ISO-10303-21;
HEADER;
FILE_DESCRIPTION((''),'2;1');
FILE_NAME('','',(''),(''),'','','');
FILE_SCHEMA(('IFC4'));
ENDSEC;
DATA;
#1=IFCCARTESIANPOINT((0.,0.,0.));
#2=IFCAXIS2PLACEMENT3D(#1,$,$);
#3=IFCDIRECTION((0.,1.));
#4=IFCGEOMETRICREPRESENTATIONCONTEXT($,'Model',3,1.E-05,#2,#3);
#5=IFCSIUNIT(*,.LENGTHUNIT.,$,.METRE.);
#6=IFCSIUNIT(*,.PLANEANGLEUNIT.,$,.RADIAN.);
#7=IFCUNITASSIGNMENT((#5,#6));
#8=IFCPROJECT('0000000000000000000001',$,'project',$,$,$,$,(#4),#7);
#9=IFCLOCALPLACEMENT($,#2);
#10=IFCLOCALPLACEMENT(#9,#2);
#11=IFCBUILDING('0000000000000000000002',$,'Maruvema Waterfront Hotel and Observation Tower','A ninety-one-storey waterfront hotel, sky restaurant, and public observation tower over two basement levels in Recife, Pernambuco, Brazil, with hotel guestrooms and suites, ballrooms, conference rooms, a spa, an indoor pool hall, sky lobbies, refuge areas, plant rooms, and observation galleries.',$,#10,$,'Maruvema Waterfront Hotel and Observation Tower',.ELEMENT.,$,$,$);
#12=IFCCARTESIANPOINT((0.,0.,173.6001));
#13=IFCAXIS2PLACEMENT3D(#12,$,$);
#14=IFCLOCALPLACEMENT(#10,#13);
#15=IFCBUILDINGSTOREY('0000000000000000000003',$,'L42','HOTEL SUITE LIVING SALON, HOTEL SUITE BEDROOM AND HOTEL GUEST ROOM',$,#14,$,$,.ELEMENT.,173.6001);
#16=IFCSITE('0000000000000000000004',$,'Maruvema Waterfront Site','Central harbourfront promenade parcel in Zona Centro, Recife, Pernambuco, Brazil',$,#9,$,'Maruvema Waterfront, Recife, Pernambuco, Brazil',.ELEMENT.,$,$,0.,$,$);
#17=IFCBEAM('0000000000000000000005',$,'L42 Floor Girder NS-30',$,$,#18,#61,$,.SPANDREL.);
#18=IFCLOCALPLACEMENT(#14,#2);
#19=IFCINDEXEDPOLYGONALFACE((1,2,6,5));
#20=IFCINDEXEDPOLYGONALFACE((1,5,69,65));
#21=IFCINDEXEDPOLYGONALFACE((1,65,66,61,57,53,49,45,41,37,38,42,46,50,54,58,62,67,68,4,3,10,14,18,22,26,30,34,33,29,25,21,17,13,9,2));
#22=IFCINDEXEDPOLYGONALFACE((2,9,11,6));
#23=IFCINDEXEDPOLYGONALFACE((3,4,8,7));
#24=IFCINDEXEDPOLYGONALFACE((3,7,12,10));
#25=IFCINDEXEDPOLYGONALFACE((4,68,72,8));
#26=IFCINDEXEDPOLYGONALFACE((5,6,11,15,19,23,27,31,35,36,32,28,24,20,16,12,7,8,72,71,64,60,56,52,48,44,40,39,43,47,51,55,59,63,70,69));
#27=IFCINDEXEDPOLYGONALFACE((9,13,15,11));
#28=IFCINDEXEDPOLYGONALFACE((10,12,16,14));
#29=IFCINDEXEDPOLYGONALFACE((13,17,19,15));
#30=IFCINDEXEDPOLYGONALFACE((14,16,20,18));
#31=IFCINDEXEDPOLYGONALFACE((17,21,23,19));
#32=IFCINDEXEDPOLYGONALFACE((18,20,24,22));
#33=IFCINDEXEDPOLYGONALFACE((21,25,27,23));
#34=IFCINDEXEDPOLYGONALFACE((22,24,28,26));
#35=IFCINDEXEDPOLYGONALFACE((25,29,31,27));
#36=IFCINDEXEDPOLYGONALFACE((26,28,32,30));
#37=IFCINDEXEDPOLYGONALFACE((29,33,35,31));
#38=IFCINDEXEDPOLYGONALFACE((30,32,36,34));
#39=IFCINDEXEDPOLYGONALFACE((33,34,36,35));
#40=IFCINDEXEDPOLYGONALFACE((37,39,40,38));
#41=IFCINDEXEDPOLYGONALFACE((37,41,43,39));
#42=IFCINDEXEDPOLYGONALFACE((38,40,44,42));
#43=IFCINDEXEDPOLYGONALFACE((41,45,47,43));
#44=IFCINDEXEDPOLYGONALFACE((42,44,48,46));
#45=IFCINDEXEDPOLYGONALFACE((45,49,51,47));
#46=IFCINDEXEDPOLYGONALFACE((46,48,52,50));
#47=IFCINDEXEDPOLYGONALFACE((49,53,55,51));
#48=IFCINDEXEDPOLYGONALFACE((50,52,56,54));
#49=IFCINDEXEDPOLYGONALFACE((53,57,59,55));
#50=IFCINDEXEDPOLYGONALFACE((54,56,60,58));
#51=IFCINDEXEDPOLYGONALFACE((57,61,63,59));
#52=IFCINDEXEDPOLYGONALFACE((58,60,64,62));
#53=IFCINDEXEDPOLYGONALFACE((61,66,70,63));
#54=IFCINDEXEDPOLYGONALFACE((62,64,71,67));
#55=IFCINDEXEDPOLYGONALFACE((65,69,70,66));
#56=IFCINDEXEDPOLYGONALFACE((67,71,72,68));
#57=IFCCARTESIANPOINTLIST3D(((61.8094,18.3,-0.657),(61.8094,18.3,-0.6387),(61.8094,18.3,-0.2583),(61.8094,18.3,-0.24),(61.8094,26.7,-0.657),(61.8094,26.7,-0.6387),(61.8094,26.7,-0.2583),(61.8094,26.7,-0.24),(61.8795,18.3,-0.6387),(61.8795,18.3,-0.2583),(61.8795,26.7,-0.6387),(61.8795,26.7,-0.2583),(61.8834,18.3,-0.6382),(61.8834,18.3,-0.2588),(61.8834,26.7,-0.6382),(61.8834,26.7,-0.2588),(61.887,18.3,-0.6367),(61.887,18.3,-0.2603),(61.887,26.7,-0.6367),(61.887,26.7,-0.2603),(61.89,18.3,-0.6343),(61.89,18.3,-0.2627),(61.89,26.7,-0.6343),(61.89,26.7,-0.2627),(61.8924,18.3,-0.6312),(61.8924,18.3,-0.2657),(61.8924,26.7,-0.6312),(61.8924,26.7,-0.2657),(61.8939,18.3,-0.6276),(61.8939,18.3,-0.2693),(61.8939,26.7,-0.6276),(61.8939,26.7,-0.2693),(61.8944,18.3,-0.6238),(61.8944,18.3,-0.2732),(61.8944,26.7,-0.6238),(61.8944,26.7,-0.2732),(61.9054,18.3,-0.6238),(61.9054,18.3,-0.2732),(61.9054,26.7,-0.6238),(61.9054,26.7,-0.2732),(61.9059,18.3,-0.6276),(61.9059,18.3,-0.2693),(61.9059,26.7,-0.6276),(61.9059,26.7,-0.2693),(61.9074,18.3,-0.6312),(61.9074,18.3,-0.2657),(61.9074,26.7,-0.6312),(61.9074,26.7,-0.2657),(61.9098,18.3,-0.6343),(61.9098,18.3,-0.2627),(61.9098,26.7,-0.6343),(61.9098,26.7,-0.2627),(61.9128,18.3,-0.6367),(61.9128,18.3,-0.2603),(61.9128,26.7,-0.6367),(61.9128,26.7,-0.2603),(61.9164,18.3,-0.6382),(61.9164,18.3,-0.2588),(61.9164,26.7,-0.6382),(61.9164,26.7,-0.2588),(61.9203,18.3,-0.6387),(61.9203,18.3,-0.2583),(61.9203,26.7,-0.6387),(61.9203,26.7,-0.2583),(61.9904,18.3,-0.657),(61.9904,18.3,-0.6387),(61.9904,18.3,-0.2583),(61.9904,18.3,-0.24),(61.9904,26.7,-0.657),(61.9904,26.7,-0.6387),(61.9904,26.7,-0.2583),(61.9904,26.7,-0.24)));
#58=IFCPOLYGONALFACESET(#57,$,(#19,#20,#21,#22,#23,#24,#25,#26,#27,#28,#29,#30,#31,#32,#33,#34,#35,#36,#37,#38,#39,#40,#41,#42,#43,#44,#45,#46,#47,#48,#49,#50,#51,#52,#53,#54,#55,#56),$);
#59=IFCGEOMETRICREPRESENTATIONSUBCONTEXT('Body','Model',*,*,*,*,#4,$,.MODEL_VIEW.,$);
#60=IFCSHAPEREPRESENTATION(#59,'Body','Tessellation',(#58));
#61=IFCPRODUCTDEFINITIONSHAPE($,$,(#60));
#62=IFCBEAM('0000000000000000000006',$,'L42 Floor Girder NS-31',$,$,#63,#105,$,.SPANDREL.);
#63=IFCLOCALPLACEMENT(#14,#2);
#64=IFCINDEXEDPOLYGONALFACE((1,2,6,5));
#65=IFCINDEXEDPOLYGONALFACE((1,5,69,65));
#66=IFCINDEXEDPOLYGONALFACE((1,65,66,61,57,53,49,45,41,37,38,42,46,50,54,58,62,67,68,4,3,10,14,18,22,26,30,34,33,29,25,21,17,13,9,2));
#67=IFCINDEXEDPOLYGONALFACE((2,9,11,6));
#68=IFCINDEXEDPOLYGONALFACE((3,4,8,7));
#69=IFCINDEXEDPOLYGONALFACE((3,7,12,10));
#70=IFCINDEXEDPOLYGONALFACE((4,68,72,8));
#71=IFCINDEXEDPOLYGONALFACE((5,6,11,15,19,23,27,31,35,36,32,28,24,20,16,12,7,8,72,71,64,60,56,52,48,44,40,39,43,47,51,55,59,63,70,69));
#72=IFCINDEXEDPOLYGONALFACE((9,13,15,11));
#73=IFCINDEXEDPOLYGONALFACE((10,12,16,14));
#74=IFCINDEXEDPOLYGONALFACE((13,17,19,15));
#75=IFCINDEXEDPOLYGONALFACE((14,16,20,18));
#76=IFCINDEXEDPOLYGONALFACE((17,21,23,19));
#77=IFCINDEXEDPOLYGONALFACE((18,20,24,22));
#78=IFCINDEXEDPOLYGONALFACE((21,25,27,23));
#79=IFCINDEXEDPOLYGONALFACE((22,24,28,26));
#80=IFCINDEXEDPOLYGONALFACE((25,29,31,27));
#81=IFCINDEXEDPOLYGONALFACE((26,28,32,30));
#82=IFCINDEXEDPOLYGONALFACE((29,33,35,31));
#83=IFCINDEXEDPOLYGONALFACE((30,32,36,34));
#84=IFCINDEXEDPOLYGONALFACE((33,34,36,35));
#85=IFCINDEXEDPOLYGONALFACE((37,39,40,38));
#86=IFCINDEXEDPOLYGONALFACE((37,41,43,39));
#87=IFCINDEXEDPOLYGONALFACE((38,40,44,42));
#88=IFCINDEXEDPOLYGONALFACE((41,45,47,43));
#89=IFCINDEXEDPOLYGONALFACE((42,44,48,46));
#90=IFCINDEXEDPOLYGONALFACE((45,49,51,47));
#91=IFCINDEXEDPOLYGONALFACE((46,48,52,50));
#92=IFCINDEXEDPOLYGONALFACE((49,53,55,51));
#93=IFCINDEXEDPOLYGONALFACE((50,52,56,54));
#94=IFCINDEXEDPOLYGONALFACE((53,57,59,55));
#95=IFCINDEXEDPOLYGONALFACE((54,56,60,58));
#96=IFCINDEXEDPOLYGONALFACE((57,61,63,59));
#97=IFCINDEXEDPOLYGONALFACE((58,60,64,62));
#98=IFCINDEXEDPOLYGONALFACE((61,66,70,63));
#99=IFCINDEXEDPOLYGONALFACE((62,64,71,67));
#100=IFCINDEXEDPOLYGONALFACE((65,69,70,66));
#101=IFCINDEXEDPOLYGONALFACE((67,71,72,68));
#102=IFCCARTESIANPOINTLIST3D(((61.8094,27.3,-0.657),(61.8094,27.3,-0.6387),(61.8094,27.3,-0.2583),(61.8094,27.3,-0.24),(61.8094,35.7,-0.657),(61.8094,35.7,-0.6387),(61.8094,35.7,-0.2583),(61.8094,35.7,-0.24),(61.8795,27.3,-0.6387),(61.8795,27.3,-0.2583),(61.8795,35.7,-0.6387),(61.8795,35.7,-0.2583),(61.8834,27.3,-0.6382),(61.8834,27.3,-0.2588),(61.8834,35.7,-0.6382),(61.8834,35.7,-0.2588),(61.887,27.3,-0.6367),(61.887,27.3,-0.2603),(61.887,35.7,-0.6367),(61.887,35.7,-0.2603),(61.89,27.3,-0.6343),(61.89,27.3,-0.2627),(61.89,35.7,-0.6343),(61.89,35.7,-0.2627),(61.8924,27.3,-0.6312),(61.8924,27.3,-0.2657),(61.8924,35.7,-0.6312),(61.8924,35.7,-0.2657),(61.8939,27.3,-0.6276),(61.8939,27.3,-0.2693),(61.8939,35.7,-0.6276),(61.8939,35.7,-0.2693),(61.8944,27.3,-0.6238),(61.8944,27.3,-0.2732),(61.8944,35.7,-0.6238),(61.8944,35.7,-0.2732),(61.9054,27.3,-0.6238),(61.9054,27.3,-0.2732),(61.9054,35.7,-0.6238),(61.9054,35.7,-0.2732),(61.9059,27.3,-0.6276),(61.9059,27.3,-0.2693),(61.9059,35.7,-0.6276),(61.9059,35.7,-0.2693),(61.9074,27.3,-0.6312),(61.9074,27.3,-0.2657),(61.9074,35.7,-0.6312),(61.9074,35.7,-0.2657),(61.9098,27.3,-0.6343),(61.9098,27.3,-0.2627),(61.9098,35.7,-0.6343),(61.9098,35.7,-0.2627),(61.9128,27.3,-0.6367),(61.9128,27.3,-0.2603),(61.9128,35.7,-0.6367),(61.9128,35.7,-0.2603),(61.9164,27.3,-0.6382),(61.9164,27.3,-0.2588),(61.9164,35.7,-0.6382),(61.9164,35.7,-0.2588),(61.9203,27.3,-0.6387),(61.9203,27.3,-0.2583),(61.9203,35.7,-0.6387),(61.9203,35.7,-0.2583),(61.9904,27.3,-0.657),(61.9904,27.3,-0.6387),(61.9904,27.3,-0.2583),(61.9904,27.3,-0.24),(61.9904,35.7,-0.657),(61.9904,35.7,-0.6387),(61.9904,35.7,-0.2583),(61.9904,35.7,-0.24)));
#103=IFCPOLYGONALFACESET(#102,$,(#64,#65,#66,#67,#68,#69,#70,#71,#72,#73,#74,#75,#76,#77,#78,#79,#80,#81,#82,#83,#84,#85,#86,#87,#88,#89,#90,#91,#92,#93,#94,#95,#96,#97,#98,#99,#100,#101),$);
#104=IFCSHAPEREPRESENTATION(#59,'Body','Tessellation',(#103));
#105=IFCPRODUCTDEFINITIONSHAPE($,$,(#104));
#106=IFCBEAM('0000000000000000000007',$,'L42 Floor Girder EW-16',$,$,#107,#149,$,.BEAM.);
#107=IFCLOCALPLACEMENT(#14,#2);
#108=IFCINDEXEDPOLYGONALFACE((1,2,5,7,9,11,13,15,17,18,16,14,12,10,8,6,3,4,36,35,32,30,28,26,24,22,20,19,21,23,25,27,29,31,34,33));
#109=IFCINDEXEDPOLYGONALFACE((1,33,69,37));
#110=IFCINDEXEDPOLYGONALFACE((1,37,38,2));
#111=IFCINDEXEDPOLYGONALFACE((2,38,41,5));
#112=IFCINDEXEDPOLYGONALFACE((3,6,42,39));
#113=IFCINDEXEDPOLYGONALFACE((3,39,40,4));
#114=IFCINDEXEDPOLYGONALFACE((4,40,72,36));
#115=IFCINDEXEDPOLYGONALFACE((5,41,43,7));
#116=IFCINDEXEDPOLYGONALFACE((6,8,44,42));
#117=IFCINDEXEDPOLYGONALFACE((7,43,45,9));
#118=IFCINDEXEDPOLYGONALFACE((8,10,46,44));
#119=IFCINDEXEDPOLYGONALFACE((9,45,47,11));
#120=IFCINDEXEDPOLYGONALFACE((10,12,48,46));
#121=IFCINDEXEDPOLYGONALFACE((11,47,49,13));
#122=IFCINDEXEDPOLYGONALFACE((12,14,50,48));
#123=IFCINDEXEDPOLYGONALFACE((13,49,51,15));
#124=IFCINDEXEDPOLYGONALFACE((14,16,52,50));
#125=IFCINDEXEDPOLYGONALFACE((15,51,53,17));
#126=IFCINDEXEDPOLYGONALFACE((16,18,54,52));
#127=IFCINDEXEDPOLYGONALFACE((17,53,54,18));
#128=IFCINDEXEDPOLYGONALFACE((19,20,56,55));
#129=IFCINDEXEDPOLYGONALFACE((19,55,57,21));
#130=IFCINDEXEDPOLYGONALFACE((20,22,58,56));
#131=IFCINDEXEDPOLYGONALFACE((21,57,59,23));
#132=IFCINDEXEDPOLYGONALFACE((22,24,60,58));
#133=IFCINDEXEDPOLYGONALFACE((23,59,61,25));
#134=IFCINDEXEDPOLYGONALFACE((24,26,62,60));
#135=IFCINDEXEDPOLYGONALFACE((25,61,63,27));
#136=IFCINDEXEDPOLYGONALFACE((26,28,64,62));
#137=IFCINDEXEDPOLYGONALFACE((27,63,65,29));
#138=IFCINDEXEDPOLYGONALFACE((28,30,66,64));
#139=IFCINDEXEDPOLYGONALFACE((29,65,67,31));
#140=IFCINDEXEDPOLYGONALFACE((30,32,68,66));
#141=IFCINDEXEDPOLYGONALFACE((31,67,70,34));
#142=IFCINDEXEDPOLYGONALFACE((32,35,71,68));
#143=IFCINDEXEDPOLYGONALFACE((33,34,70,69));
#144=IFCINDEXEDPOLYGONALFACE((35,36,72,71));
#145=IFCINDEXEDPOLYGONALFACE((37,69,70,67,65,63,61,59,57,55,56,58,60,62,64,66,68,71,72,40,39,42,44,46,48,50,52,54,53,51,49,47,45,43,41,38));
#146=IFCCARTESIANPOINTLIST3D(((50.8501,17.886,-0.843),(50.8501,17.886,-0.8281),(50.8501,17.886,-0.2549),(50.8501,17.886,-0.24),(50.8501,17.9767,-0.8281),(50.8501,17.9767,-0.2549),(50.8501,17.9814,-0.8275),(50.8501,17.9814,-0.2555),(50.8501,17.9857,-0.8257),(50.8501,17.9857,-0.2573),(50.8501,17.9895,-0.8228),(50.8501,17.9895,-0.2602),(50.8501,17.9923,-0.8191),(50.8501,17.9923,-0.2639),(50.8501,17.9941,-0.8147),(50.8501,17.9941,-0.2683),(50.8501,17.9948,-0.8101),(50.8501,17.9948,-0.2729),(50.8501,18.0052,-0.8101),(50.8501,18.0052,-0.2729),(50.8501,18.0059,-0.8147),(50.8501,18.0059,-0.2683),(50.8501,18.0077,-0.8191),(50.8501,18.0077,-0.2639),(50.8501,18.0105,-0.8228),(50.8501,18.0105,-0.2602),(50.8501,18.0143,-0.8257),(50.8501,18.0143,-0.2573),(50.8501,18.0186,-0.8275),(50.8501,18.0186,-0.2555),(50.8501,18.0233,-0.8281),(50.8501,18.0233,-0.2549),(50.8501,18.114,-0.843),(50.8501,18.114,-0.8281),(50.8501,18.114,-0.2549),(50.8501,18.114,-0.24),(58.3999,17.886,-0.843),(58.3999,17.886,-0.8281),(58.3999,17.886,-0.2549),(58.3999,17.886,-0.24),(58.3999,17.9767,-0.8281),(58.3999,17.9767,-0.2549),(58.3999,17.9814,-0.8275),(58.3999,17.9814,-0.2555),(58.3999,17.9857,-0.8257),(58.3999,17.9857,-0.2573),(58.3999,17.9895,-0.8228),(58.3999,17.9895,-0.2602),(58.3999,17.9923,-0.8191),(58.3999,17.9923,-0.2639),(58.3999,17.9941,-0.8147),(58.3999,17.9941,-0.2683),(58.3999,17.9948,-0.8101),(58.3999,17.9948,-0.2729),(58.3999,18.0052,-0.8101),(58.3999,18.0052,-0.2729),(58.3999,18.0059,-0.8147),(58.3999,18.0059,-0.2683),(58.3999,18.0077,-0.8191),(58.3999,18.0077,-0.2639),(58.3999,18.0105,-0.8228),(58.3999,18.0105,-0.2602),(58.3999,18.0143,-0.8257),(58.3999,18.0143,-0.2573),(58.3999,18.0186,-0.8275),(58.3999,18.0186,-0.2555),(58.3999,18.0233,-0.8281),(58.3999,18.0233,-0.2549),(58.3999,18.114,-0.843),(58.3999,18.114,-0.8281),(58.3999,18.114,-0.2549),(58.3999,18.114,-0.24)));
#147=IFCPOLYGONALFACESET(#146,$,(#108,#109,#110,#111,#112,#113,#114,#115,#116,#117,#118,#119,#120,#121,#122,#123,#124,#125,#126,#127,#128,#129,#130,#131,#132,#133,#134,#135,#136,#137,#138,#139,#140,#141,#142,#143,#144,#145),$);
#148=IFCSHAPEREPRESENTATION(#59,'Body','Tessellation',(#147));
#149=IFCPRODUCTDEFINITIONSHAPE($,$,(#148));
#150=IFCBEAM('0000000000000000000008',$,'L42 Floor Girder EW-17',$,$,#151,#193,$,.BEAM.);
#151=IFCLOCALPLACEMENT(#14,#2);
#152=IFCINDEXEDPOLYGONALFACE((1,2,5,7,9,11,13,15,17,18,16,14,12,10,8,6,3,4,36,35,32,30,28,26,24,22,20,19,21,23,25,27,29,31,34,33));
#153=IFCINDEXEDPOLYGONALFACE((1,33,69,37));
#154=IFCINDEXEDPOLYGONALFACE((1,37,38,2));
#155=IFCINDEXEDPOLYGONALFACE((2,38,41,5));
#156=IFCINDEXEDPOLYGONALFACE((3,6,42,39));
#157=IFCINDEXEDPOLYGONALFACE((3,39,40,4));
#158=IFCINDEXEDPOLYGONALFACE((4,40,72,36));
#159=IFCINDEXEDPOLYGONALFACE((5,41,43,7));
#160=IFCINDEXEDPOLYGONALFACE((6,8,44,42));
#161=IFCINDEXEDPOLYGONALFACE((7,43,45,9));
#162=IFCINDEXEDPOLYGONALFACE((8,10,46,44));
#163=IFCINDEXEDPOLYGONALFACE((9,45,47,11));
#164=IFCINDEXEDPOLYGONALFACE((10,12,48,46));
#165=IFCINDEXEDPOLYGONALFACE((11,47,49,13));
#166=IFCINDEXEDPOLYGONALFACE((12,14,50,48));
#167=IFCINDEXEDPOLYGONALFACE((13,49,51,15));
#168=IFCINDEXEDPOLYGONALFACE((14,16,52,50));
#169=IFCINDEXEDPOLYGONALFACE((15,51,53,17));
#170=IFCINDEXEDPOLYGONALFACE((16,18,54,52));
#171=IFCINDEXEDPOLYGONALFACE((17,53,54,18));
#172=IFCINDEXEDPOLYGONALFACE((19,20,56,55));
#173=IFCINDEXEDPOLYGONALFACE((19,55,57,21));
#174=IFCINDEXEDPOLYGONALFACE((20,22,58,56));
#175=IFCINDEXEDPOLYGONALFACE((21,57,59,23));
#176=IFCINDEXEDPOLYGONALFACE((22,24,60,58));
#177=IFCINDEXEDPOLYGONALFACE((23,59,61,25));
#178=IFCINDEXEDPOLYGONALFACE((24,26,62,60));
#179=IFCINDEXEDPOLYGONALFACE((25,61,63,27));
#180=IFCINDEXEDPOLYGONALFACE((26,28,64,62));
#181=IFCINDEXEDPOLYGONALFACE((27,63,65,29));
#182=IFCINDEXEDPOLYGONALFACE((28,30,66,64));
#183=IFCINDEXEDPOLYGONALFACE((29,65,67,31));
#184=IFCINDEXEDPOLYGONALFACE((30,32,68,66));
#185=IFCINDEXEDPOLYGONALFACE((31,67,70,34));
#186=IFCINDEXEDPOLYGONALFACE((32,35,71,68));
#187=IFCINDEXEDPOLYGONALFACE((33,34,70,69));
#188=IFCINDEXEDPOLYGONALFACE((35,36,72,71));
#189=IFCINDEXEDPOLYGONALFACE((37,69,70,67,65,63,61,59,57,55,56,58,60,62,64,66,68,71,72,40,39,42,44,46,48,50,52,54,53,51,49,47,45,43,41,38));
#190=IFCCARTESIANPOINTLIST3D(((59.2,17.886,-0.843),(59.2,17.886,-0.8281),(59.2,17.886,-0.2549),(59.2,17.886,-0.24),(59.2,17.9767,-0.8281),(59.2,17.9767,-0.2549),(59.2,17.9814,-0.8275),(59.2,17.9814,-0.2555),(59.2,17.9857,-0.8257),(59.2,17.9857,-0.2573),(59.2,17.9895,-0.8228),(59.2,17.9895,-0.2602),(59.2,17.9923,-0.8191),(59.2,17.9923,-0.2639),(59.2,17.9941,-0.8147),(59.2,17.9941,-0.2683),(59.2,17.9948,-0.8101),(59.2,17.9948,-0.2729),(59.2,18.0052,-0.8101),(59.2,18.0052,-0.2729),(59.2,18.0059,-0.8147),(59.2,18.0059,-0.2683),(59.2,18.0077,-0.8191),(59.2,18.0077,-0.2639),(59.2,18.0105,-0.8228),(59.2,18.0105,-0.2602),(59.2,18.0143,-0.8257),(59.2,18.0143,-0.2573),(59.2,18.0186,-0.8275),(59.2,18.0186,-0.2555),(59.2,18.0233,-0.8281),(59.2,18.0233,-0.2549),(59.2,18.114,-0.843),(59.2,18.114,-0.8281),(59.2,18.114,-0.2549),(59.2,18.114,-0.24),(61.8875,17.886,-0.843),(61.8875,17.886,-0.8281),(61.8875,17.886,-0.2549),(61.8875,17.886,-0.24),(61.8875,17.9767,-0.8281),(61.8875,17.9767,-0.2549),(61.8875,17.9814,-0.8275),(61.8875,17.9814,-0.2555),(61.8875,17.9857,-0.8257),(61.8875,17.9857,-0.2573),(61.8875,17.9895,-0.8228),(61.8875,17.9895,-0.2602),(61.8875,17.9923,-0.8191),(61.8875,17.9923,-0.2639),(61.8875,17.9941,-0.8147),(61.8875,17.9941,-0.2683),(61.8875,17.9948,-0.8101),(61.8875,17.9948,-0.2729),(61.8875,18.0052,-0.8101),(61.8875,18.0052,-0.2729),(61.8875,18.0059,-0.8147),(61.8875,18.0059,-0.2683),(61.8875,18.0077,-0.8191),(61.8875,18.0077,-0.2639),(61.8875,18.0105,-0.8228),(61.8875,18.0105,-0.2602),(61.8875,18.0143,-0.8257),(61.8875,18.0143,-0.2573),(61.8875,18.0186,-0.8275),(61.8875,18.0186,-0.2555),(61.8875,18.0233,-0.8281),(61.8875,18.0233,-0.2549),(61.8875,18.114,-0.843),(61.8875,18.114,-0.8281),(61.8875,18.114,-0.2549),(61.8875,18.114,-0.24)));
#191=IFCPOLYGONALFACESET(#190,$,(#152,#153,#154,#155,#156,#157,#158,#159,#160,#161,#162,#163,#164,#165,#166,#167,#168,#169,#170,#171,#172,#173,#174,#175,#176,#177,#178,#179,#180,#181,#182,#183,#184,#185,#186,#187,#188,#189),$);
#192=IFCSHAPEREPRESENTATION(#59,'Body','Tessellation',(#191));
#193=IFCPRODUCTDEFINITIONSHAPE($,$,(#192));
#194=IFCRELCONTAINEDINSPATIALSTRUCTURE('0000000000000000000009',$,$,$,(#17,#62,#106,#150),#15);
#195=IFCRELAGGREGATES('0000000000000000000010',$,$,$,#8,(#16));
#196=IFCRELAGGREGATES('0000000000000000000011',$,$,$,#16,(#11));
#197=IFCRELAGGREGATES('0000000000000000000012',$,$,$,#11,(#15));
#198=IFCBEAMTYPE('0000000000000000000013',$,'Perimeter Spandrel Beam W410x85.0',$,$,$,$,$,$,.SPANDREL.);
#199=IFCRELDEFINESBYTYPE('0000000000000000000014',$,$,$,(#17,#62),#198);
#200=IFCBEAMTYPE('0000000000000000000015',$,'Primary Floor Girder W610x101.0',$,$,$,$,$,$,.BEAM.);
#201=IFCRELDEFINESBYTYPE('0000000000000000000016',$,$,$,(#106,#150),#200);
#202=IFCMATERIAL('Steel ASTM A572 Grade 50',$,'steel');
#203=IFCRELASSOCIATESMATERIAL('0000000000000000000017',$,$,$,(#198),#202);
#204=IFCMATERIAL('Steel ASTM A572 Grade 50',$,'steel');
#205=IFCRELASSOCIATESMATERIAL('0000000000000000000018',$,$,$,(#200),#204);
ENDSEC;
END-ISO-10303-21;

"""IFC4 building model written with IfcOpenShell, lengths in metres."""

from ifc_helpers import new_model, si_unit, direction, frame, origin, origin_2d, place, context, subcontext, project, spatial, i_section, extrude, material, material_profile, profile_set, type_object, element, save


model = new_model("IFC4")

# Units and contexts
model_context = context("Model", 3, precision=1e-05, world=origin(), true_north=direction((0.0, 1.0)))
body_context = subcontext(model_context, "Body", "Model", "MODEL_VIEW")
ifc_project = project(units=[si_unit("LENGTHUNIT", "METRE"), si_unit("PLANEANGLEUNIT", "RADIAN")], contexts=[model_context])

# Site, building, storey
site_placement = place(None, origin())
site = spatial("IfcSite", under=ifc_project, at=site_placement, Name="Maruvema Waterfront Site", Description="Central harbourfront promenade parcel in Zona Centro, Recife, Pernambuco, Brazil", LongName="Maruvema Waterfront, Recife, Pernambuco, Brazil", CompositionType="ELEMENT", RefElevation=0.0)
building_placement = place(site_placement, origin())
building = spatial("IfcBuilding", under=site, at=building_placement, Name="Maruvema Waterfront Hotel and Observation Tower", Description="A ninety-one-storey waterfront hotel, sky restaurant, and public observation tower over two basement levels in Recife, Pernambuco, Brazil, with hotel guestrooms and suites, ballrooms, conference rooms, a spa, an indoor pool hall, sky lobbies, refuge areas, plant rooms, and observation galleries.", LongName="Maruvema Waterfront Hotel and Observation Tower", CompositionType="ELEMENT")
storey_placement = place(building_placement, frame((0.0, 0.0, 173.6001)))
storey = spatial("IfcBuildingStorey", under=building, at=storey_placement, Name="L42", Description="HOTEL SUITE LIVING SALON, HOTEL SUITE BEDROOM AND HOTEL GUEST ROOM", CompositionType="ELEMENT", Elevation=173.6001)

# Beams
ifc_material_1 = material(Name="Steel ASTM A572 Grade 50", Category="steel")
ifc_material_profile_1 = material_profile(ifc_material_1, i_section(OverallWidth=0.1809, OverallDepth=0.417, WebThickness=0.011, FlangeThickness=0.0183, FilletRadius=0.0149, at=origin_2d()), Name="W410x85.0")
ifc_profile_set_1 = profile_set([ifc_material_profile_1], Name="Steel ASTM A572 Grade 50")
beam_type_1 = type_object("IfcBeamType", Name="Perimeter Spandrel Beam W410x85.0", PredefinedType="SPANDREL", material=ifc_profile_set_1)
for number, where, z_axis, x_axis, name in (
    (1, (61.8999, 18.3, -0.4485), (0.0, 1.0, 0.0), (-1.0, 0.0, 0.0), "L42 Floor Girder NS-30"),
    (2, (61.8999, 27.3, -0.4485), (0.0, 1.0, 0.0), (-1.0, 0.0, 0.0), "L42 Floor Girder NS-31"),
):
    element("IfcBeam", number, at=place(storey_placement, frame(where, z_axis=z_axis, x_axis=x_axis)), inside=storey, type_object=beam_type_1, Name=name, PredefinedType="SPANDREL", context=body_context, shape_type="SweptSolid", body=[
        extrude(i_section(OverallWidth=0.1809, OverallDepth=0.417, WebThickness=0.011, FlangeThickness=0.0183, FilletRadius=0.0149, at=origin_2d()), origin(), (0.0, 0.0, 1.0), 8.3999),
    ])
ifc_material_2 = material(Name="Steel ASTM A572 Grade 50", Category="steel")
ifc_material_profile_2 = material_profile(ifc_material_2, i_section(OverallWidth=0.228, OverallDepth=0.603, WebThickness=0.0105, FlangeThickness=0.0149, FilletRadius=0.0181, at=origin_2d()), Name="W610x101.0")
ifc_profile_set_2 = profile_set([ifc_material_profile_2], Name="Steel ASTM A572 Grade 50")
beam_type_2 = type_object("IfcBeamType", Name="Primary Floor Girder W610x101.0", PredefinedType="BEAM", material=ifc_profile_set_2)
beam_1_placement = place(storey_placement, frame((50.8501, 18.0, -0.5415), z_axis=(1.0, 0.0, 0.0), x_axis=(0.0, 1.0, 0.0)))
element("IfcBeam", 3, at=beam_1_placement, inside=storey, type_object=beam_type_2, Name="L42 Floor Girder EW-16", PredefinedType="BEAM", context=body_context, shape_type="SweptSolid", body=[
    extrude(i_section(OverallWidth=0.228, OverallDepth=0.603, WebThickness=0.0105, FlangeThickness=0.0149, FilletRadius=0.0181, at=origin_2d()), origin(), (0.0, 0.0, 1.0), 7.5498),
])
beam_2_placement = place(storey_placement, frame((59.2, 18.0, -0.5415), z_axis=(1.0, 0.0, 0.0), x_axis=(0.0, 1.0, 0.0)))
element("IfcBeam", 4, at=beam_2_placement, inside=storey, type_object=beam_type_2, Name="L42 Floor Girder EW-17", PredefinedType="BEAM", context=body_context, shape_type="SweptSolid", body=[
    extrude(i_section(OverallWidth=0.228, OverallDepth=0.603, WebThickness=0.0105, FlangeThickness=0.0149, FilletRadius=0.0181, at=origin_2d()), origin(), (0.0, 0.0, 1.0), 2.6875),
])

save(model, "model.ifc")
